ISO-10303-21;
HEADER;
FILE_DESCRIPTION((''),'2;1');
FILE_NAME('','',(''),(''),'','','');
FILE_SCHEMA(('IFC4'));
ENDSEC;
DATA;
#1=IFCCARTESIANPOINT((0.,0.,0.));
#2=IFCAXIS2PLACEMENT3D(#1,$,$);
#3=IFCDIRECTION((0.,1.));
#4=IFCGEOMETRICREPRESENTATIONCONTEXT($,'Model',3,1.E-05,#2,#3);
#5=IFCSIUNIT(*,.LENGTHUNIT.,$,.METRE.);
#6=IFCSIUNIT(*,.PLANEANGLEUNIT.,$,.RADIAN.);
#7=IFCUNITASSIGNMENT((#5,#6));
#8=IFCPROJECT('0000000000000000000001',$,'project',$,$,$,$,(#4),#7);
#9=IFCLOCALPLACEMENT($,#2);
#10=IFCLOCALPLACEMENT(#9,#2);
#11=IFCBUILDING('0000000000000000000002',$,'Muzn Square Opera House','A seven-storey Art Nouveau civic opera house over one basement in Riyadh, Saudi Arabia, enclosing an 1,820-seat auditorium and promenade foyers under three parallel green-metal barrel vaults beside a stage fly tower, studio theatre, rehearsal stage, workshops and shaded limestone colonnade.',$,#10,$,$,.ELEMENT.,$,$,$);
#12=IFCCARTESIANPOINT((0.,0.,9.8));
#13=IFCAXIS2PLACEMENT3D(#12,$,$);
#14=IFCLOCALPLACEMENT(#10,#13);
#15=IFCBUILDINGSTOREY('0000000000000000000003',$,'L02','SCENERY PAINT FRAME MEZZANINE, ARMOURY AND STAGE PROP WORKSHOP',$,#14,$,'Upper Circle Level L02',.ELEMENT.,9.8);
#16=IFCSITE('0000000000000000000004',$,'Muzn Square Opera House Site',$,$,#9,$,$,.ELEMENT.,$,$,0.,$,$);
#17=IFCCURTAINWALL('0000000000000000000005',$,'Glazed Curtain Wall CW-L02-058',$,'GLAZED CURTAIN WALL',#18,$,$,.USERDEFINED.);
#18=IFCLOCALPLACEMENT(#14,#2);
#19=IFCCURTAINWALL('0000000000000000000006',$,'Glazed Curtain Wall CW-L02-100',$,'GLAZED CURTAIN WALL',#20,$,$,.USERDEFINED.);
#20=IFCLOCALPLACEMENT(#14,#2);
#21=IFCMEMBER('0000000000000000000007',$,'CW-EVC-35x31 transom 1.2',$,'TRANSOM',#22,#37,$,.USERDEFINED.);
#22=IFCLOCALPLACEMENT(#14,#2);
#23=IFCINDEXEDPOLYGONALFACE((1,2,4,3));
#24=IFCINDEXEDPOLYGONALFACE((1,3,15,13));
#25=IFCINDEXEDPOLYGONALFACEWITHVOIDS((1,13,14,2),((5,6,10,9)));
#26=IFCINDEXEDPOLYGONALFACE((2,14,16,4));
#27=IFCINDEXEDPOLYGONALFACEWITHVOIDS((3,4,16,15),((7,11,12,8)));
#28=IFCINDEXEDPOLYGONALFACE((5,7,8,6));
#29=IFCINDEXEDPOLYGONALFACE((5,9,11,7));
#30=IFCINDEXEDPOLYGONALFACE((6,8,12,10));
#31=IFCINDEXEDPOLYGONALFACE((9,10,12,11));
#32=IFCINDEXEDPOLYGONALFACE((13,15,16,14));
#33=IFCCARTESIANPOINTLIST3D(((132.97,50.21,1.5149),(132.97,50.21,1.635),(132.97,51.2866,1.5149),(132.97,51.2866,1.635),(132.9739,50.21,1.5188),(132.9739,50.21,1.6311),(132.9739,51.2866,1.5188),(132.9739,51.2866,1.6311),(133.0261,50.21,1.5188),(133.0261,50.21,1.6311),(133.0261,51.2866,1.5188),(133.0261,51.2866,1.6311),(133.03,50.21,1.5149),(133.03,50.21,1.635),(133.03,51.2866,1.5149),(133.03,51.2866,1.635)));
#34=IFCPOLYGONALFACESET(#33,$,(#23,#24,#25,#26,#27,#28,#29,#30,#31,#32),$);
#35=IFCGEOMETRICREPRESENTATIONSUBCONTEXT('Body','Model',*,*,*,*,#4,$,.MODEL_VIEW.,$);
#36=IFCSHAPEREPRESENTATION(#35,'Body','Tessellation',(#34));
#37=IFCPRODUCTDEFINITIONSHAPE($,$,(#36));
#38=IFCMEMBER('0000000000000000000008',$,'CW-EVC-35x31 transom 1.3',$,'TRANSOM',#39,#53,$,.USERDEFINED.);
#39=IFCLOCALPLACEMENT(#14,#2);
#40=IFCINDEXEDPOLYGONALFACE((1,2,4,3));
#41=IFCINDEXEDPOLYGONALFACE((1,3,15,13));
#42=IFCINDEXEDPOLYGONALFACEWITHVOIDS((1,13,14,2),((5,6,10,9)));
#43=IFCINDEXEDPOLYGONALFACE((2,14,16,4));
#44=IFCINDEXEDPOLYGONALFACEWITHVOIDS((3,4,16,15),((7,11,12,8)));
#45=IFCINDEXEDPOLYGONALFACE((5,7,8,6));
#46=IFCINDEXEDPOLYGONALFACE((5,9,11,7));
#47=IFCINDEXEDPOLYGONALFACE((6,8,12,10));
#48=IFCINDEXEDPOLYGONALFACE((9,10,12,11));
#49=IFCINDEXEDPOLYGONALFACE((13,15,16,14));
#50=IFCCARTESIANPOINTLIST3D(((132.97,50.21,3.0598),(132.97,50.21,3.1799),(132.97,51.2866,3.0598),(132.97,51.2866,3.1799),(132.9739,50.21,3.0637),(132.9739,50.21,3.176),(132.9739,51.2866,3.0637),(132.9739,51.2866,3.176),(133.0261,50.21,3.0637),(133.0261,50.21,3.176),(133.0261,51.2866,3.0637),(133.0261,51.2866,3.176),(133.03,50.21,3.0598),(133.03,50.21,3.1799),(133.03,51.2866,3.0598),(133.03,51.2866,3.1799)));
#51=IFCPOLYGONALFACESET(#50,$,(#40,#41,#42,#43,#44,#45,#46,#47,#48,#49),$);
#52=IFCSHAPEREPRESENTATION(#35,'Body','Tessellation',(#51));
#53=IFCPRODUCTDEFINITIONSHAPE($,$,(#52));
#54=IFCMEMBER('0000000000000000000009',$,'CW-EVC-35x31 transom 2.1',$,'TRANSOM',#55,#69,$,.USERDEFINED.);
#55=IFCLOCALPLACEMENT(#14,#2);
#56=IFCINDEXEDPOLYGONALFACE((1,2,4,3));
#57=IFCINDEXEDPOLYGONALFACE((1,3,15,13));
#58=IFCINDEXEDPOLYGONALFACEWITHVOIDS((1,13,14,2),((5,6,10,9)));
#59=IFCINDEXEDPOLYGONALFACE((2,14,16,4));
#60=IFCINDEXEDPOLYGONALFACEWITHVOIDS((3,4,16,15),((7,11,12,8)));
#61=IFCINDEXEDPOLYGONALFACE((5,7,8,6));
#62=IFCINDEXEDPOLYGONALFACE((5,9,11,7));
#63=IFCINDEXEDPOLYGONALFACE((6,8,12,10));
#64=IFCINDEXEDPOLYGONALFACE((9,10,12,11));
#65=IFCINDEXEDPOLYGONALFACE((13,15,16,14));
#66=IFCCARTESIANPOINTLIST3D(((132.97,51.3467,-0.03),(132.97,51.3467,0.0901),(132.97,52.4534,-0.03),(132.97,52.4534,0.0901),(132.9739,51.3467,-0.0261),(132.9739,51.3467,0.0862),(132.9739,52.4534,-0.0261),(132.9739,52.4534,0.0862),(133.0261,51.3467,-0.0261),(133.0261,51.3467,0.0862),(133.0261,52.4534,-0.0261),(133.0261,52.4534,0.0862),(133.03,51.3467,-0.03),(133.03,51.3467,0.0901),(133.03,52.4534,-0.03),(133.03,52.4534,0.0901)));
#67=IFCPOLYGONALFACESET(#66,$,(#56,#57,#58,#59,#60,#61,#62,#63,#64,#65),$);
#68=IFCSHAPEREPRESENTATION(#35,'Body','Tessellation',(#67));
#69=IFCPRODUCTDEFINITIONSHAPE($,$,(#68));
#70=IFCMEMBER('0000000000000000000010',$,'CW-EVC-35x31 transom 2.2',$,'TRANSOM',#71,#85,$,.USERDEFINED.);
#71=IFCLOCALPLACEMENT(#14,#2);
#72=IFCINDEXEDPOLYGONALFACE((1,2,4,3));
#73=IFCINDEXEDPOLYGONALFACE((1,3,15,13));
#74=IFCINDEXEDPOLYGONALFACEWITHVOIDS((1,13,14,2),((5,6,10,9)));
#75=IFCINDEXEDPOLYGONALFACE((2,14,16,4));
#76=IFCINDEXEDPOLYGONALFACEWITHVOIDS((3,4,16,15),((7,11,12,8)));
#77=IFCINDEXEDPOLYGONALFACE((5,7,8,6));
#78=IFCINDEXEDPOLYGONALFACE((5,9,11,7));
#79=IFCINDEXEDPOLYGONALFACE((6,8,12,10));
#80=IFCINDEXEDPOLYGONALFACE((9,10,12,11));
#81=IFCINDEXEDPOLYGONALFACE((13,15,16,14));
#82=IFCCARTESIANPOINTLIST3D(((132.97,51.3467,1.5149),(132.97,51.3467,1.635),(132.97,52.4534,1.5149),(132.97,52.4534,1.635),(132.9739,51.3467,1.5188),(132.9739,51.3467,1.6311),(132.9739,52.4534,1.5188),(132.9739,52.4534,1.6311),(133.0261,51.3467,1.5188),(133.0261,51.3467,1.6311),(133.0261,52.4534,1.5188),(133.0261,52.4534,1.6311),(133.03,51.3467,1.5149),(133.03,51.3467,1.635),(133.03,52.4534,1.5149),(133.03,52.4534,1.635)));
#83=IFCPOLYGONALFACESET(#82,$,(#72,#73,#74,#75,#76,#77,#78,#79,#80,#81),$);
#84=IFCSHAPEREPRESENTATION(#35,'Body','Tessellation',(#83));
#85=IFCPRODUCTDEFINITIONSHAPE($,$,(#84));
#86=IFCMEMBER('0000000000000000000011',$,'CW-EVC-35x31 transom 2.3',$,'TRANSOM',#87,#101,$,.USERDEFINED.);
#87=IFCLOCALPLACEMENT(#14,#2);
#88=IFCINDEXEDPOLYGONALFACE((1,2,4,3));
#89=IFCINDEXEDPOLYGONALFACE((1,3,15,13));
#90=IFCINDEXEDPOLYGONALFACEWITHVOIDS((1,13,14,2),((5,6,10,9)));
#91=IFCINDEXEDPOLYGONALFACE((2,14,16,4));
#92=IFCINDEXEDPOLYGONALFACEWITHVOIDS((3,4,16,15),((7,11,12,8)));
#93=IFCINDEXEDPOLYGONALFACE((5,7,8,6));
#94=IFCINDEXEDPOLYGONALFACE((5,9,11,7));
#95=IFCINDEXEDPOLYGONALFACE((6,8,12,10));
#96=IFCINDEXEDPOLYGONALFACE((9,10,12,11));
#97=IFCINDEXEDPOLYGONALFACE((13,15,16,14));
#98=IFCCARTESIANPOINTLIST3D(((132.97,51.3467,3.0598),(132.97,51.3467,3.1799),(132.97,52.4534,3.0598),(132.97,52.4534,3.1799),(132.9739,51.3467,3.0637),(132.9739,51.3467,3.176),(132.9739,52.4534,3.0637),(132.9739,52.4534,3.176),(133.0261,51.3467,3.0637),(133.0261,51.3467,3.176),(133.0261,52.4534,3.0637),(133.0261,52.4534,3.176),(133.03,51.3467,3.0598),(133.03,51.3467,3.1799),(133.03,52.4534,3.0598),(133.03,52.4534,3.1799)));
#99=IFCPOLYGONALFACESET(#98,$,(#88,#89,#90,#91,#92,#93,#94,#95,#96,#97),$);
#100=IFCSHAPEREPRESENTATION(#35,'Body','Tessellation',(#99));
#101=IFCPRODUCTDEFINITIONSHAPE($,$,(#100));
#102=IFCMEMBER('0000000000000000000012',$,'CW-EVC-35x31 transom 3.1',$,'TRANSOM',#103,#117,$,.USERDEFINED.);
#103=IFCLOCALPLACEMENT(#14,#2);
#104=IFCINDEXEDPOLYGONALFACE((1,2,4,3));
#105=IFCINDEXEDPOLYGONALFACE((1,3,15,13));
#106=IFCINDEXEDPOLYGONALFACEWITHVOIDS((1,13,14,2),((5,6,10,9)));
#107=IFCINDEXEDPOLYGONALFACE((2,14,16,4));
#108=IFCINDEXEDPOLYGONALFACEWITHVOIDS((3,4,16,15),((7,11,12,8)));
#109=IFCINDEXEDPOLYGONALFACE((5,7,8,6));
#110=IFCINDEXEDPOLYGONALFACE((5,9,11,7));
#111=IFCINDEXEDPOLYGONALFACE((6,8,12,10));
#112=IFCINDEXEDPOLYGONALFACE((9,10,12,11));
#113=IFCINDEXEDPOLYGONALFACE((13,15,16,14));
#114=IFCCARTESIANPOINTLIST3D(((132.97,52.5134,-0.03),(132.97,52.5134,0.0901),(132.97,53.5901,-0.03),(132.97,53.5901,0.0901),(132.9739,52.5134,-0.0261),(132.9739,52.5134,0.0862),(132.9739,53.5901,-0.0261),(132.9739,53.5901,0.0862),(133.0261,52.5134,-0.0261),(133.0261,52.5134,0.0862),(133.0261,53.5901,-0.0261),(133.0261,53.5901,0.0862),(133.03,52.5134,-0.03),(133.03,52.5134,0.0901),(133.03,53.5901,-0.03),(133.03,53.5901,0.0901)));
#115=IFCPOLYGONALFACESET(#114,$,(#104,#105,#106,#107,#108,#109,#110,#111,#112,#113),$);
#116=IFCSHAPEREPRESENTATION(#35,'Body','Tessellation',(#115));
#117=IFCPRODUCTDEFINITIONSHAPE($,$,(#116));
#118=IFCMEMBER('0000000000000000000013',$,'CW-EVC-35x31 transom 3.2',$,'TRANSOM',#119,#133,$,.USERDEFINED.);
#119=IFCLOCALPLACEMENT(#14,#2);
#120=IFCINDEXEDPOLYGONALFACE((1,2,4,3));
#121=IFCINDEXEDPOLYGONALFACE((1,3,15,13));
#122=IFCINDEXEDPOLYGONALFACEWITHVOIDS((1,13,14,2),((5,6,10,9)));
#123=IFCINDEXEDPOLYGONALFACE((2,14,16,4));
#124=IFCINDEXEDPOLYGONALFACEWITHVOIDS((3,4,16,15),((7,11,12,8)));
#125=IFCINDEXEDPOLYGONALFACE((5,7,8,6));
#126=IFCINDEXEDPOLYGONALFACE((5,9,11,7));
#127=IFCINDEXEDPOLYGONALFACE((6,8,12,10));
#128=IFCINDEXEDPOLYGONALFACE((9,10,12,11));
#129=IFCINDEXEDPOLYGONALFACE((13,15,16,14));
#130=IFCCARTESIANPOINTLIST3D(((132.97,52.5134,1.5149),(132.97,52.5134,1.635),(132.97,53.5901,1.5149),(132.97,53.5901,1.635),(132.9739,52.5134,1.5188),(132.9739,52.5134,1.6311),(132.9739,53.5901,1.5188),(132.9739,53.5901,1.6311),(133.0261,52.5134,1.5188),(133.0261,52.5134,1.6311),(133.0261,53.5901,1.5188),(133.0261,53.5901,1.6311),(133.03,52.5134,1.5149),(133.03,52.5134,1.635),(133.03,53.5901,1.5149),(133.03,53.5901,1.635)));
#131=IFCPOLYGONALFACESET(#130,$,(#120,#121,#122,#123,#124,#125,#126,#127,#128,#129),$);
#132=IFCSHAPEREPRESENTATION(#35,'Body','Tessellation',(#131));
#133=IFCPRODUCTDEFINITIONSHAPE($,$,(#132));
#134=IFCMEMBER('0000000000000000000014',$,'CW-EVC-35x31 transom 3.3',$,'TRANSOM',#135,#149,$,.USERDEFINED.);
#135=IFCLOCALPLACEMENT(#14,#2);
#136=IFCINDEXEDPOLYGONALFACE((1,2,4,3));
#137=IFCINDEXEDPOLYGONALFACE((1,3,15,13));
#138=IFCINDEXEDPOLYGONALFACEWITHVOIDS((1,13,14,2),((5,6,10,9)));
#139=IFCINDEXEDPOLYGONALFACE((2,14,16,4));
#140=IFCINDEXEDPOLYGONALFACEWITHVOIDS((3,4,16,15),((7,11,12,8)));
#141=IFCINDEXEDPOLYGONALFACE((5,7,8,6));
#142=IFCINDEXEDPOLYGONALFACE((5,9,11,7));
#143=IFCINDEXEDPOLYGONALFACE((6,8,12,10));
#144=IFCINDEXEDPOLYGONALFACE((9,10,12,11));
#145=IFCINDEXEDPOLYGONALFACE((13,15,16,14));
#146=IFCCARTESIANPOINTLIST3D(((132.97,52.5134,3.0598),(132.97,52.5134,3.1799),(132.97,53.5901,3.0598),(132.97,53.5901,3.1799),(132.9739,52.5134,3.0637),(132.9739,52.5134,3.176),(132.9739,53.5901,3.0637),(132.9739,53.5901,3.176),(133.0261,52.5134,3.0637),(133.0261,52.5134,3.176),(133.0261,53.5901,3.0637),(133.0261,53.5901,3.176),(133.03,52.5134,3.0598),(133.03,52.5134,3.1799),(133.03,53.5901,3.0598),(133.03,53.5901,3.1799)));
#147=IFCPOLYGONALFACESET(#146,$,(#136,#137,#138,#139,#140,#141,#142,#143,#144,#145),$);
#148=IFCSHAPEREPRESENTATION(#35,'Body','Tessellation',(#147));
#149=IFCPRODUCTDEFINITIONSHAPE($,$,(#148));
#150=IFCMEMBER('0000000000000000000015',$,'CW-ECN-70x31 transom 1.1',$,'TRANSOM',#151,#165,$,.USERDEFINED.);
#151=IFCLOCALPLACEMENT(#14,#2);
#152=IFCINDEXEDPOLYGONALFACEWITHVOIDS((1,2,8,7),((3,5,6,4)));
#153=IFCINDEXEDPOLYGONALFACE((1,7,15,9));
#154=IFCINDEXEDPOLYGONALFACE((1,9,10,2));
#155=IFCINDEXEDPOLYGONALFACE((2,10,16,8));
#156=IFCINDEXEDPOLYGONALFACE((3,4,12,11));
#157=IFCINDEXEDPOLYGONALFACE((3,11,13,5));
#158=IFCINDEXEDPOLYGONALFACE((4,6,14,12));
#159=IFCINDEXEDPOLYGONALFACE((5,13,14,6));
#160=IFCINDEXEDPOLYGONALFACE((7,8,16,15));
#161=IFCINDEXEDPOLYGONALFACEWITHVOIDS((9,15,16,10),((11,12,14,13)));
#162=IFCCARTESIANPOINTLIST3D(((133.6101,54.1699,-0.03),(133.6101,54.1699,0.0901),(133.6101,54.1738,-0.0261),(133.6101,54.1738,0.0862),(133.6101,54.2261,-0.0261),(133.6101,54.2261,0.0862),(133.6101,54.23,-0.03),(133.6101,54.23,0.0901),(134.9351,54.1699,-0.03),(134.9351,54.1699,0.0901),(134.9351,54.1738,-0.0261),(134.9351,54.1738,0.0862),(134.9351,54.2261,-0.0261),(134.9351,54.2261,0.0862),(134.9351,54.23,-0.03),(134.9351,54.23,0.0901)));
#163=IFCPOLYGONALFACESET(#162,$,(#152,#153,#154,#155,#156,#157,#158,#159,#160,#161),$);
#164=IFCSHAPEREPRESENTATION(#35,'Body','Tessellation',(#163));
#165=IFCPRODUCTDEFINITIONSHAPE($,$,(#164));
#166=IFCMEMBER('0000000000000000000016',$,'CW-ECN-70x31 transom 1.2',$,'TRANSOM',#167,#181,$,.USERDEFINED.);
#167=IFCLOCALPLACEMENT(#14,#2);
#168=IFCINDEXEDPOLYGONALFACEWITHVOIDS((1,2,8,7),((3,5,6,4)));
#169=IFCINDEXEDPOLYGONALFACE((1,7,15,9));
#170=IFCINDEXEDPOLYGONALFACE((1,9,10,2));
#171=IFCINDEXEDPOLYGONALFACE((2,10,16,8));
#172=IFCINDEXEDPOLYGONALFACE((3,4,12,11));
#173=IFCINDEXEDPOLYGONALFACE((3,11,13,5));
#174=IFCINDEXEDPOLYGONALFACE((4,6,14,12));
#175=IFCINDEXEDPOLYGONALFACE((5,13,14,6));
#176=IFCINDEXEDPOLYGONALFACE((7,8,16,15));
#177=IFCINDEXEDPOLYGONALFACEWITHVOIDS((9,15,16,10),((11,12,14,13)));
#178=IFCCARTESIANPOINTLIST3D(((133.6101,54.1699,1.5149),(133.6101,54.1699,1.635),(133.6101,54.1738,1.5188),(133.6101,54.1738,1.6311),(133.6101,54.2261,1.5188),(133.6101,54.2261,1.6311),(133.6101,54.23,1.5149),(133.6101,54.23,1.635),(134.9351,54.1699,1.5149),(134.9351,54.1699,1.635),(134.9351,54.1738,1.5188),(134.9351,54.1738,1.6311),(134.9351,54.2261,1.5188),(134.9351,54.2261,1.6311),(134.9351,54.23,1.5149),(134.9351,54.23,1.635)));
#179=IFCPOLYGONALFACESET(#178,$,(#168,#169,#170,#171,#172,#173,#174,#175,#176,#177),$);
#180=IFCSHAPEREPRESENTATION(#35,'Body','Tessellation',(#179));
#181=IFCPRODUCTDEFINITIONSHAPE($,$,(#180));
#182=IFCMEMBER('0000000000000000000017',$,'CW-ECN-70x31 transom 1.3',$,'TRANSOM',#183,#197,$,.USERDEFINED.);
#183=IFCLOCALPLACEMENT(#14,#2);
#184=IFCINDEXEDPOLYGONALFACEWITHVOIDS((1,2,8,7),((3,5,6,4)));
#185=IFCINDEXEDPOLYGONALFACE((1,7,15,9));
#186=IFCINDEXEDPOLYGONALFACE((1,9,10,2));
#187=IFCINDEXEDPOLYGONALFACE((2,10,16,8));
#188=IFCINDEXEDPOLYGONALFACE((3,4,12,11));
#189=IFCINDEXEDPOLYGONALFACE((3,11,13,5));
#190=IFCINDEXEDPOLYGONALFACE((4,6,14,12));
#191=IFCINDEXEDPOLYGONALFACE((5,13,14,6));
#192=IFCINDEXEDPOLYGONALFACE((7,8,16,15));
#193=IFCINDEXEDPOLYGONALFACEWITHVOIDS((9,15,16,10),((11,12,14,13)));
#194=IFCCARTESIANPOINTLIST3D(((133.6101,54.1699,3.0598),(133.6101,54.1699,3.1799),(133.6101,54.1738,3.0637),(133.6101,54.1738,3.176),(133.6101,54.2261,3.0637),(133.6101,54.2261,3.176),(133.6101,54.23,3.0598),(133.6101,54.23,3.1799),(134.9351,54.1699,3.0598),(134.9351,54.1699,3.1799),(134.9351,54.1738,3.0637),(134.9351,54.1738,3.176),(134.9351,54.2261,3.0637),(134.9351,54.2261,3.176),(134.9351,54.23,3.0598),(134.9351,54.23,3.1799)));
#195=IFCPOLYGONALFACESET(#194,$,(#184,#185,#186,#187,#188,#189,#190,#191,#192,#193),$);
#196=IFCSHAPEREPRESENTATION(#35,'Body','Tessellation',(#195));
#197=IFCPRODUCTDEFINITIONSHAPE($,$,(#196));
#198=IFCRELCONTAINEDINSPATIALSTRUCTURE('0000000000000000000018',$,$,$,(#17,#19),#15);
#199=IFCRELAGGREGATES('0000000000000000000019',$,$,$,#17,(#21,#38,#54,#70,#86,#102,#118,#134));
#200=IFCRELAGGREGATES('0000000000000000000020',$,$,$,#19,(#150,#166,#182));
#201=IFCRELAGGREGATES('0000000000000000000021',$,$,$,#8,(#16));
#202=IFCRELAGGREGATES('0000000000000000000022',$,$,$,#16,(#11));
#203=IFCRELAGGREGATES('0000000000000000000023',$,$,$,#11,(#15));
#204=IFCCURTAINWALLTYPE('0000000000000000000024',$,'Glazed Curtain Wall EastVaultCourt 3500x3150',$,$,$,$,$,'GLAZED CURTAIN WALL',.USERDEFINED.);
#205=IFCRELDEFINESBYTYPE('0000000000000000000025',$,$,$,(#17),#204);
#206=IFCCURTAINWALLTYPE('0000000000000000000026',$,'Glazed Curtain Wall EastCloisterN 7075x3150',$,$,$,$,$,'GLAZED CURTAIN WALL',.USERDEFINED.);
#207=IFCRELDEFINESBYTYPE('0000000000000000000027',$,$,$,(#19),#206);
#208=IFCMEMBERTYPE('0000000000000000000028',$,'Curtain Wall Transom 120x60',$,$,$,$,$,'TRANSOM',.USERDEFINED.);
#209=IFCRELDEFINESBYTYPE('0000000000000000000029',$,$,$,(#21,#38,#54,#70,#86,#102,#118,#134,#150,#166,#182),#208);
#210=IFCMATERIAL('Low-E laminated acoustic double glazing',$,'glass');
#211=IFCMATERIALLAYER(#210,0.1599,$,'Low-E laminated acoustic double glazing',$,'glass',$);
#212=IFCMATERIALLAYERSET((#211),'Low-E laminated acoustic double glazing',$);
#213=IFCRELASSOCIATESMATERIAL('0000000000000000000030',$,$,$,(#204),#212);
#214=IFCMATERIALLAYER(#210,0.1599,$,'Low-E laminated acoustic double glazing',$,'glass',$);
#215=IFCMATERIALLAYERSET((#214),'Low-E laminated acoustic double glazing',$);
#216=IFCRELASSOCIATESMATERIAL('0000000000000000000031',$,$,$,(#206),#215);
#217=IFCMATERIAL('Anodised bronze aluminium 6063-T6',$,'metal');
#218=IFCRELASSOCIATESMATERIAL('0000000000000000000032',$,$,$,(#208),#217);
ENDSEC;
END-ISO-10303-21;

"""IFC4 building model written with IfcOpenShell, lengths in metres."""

from ifc_helpers import new_model, si_unit, direction, frame, origin, origin_2d, place, context, subcontext, project, spatial, hollow_rectangle, extrude, material, layer, layer_set, material_profile, profile_set, type_object, element, aggregate, save


model = new_model("IFC4")

# Units and contexts
model_context = context("Model", 3, precision=1e-05, world=origin(), true_north=direction((0.0, 1.0)))
body_context = subcontext(model_context, "Body", "Model", "MODEL_VIEW")
ifc_project = project(units=[si_unit("LENGTHUNIT", "METRE"), si_unit("PLANEANGLEUNIT", "RADIAN")], contexts=[model_context])

# Site, building, storey
site_placement = place(None, origin())
site = spatial("IfcSite", under=ifc_project, at=site_placement, Name="Muzn Square Opera House Site", CompositionType="ELEMENT", RefElevation=0.0)
building_placement = place(site_placement, origin())
building = spatial("IfcBuilding", under=site, at=building_placement, Name="Muzn Square Opera House", Description="A seven-storey Art Nouveau civic opera house over one basement in Riyadh, Saudi Arabia, enclosing an 1,820-seat auditorium and promenade foyers under three parallel green-metal barrel vaults beside a stage fly tower, studio theatre, rehearsal stage, workshops and shaded limestone colonnade.", CompositionType="ELEMENT")
storey_placement = place(building_placement, frame((0.0, 0.0, 9.8)))
storey = spatial("IfcBuildingStorey", under=building, at=storey_placement, Name="L02", Description="SCENERY PAINT FRAME MEZZANINE, ARMOURY AND STAGE PROP WORKSHOP", LongName="Upper Circle Level L02", CompositionType="ELEMENT", Elevation=9.8)

# Shared definitions
ifc_material_1 = material(Name="Low-E laminated acoustic double glazing", Category="glass")
ifc_layer_1 = layer(ifc_material_1, 0.1599, Name="Low-E laminated acoustic double glazing", Category="glass")
ifc_layer_set_1 = layer_set([ifc_layer_1], Name="Low-E laminated acoustic double glazing")
curtain_wall_type_1 = type_object("IfcCurtainWallType", Name="Glazed Curtain Wall EastVaultCourt 3500x3150", ElementType="GLAZED CURTAIN WALL", PredefinedType="USERDEFINED", material=ifc_layer_set_1)
ifc_material_2 = material(Name="Anodised bronze aluminium 6063-T6", Category="metal")

# Curtain wall
curtain_wall_1_placement = place(storey_placement, origin())
curtain_wall_1 = element("IfcCurtainWall", 1, at=curtain_wall_1_placement, inside=storey, type_object=curtain_wall_type_1, Name="Glazed Curtain Wall CW-L02-058", ObjectType="GLAZED CURTAIN WALL", PredefinedType="USERDEFINED")

# Curtain wall
ifc_layer_2 = layer(ifc_material_1, 0.1599, Name="Low-E laminated acoustic double glazing", Category="glass")
ifc_layer_set_2 = layer_set([ifc_layer_2], Name="Low-E laminated acoustic double glazing")
curtain_wall_type_2 = type_object("IfcCurtainWallType", Name="Glazed Curtain Wall EastCloisterN 7075x3150", ElementType="GLAZED CURTAIN WALL", PredefinedType="USERDEFINED", material=ifc_layer_set_2)
curtain_wall_2_placement = place(storey_placement, origin())
curtain_wall_2 = element("IfcCurtainWall", 2, at=curtain_wall_2_placement, inside=storey, type_object=curtain_wall_type_2, Name="Glazed Curtain Wall CW-L02-100", ObjectType="GLAZED CURTAIN WALL", PredefinedType="USERDEFINED")

# Members
ifc_material_profile_1 = material_profile(ifc_material_2, hollow_rectangle(XDim=0.0601, YDim=0.1201, WallThickness=0.0039, at=origin_2d()), Name="ALU 120x60x4", Category="metal")
ifc_profile_set_1 = profile_set([ifc_material_profile_1], Name="Anodised bronze aluminium 6063-T6")
member_type_1 = type_object("IfcMemberType", Name="Curtain Wall Transom 120x60", ElementType="TRANSOM", PredefinedType="USERDEFINED", material=ifc_profile_set_1)
member_1_placement = place(storey_placement, frame((133.0, 50.21, 1.575), z_axis=(0.0, 1.0, 0.0), x_axis=(-1.0, 0.0, 0.0)))
member_1 = element("IfcMember", 3, at=member_1_placement, type_object=member_type_1, Name="CW-EVC-35x31 transom 1.2", ObjectType="TRANSOM", PredefinedType="USERDEFINED", context=body_context, shape_type="SweptSolid", body=[
    extrude(hollow_rectangle(XDim=0.0601, YDim=0.1201, WallThickness=0.0039, at=origin_2d()), origin(), (0.0, 0.0, 1.0), 1.0767),
])
member_2_placement = place(storey_placement, frame((133.0, 50.21, 3.1199), z_axis=(0.0, 1.0, 0.0), x_axis=(-1.0, 0.0, 0.0)))
member_2 = element("IfcMember", 4, at=member_2_placement, type_object=member_type_1, Name="CW-EVC-35x31 transom 1.3", ObjectType="TRANSOM", PredefinedType="USERDEFINED", context=body_context, shape_type="SweptSolid", body=[
    extrude(hollow_rectangle(XDim=0.0601, YDim=0.1201, WallThickness=0.0039, at=origin_2d()), origin(), (0.0, 0.0, 1.0), 1.0767),
])
member_3_placement = place(storey_placement, frame((133.0, 51.3467, 0.03), z_axis=(0.0, 1.0, 0.0), x_axis=(-1.0, 0.0, 0.0)))
member_3 = element("IfcMember", 5, at=member_3_placement, type_object=member_type_1, Name="CW-EVC-35x31 transom 2.1", ObjectType="TRANSOM", PredefinedType="USERDEFINED", context=body_context, shape_type="SweptSolid", body=[
    extrude(hollow_rectangle(XDim=0.0601, YDim=0.1201, WallThickness=0.0039, at=origin_2d()), origin(), (0.0, 0.0, 1.0), 1.1067),
])
member_4_placement = place(storey_placement, frame((133.0, 51.3467, 1.575), z_axis=(0.0, 1.0, 0.0), x_axis=(-1.0, 0.0, 0.0)))
member_4 = element("IfcMember", 6, at=member_4_placement, type_object=member_type_1, Name="CW-EVC-35x31 transom 2.2", ObjectType="TRANSOM", PredefinedType="USERDEFINED", context=body_context, shape_type="SweptSolid", body=[
    extrude(hollow_rectangle(XDim=0.0601, YDim=0.1201, WallThickness=0.0039, at=origin_2d()), origin(), (0.0, 0.0, 1.0), 1.1067),
])
member_5_placement = place(storey_placement, frame((133.0, 51.3467, 3.1199), z_axis=(0.0, 1.0, 0.0), x_axis=(-1.0, 0.0, 0.0)))
member_5 = element("IfcMember", 7, at=member_5_placement, type_object=member_type_1, Name="CW-EVC-35x31 transom 2.3", ObjectType="TRANSOM", PredefinedType="USERDEFINED", context=body_context, shape_type="SweptSolid", body=[
    extrude(hollow_rectangle(XDim=0.0601, YDim=0.1201, WallThickness=0.0039, at=origin_2d()), origin(), (0.0, 0.0, 1.0), 1.1067),
])
member_6_placement = place(storey_placement, frame((133.0, 52.5134, 0.03), z_axis=(0.0, 1.0, 0.0), x_axis=(-1.0, 0.0, 0.0)))
member_6 = element("IfcMember", 8, at=member_6_placement, type_object=member_type_1, Name="CW-EVC-35x31 transom 3.1", ObjectType="TRANSOM", PredefinedType="USERDEFINED", context=body_context, shape_type="SweptSolid", body=[
    extrude(hollow_rectangle(XDim=0.0601, YDim=0.1201, WallThickness=0.0039, at=origin_2d()), origin(), (0.0, 0.0, 1.0), 1.0767),
])
member_7_placement = place(storey_placement, frame((133.0, 52.5134, 1.575), z_axis=(0.0, 1.0, 0.0), x_axis=(-1.0, 0.0, 0.0)))
member_7 = element("IfcMember", 9, at=member_7_placement, type_object=member_type_1, Name="CW-EVC-35x31 transom 3.2", ObjectType="TRANSOM", PredefinedType="USERDEFINED", context=body_context, shape_type="SweptSolid", body=[
    extrude(hollow_rectangle(XDim=0.0601, YDim=0.1201, WallThickness=0.0039, at=origin_2d()), origin(), (0.0, 0.0, 1.0), 1.0767),
])
member_8_placement = place(storey_placement, frame((133.0, 52.5134, 3.1199), z_axis=(0.0, 1.0, 0.0), x_axis=(-1.0, 0.0, 0.0)))
member_8 = element("IfcMember", 10, at=member_8_placement, type_object=member_type_1, Name="CW-EVC-35x31 transom 3.3", ObjectType="TRANSOM", PredefinedType="USERDEFINED", context=body_context, shape_type="SweptSolid", body=[
    extrude(hollow_rectangle(XDim=0.0601, YDim=0.1201, WallThickness=0.0039, at=origin_2d()), origin(), (0.0, 0.0, 1.0), 1.0767),
])
member_9_placement = place(storey_placement, frame((133.6101, 54.2, 0.03), z_axis=(1.0, 0.0, 0.0), x_axis=(0.0, 1.0, 0.0)))
member_9 = element("IfcMember", 11, at=member_9_placement, type_object=member_type_1, Name="CW-ECN-70x31 transom 1.1", ObjectType="TRANSOM", PredefinedType="USERDEFINED", context=body_context, shape_type="SweptSolid", body=[
    extrude(hollow_rectangle(XDim=0.0601, YDim=0.1201, WallThickness=0.0039, at=origin_2d()), origin(), (0.0, 0.0, 1.0), 1.325),
])
member_10_placement = place(storey_placement, frame((133.6101, 54.2, 1.575), z_axis=(1.0, 0.0, 0.0), x_axis=(0.0, 1.0, 0.0)))
member_10 = element("IfcMember", 12, at=member_10_placement, type_object=member_type_1, Name="CW-ECN-70x31 transom 1.2", ObjectType="TRANSOM", PredefinedType="USERDEFINED", context=body_context, shape_type="SweptSolid", body=[
    extrude(hollow_rectangle(XDim=0.0601, YDim=0.1201, WallThickness=0.0039, at=origin_2d()), origin(), (0.0, 0.0, 1.0), 1.325),
])
member_11_placement = place(storey_placement, frame((133.6101, 54.2, 3.1199), z_axis=(1.0, 0.0, 0.0), x_axis=(0.0, 1.0, 0.0)))
member_11 = element("IfcMember", 13, at=member_11_placement, type_object=member_type_1, Name="CW-ECN-70x31 transom 1.3", ObjectType="TRANSOM", PredefinedType="USERDEFINED", context=body_context, shape_type="SweptSolid", body=[
    extrude(hollow_rectangle(XDim=0.0601, YDim=0.1201, WallThickness=0.0039, at=origin_2d()), origin(), (0.0, 0.0, 1.0), 1.325),
])

aggregate(curtain_wall_1, [member_1, member_2, member_3, member_4, member_5, member_6, member_7, member_8])
aggregate(curtain_wall_2, [member_9, member_10, member_11])

save(model, "model.ifc")
